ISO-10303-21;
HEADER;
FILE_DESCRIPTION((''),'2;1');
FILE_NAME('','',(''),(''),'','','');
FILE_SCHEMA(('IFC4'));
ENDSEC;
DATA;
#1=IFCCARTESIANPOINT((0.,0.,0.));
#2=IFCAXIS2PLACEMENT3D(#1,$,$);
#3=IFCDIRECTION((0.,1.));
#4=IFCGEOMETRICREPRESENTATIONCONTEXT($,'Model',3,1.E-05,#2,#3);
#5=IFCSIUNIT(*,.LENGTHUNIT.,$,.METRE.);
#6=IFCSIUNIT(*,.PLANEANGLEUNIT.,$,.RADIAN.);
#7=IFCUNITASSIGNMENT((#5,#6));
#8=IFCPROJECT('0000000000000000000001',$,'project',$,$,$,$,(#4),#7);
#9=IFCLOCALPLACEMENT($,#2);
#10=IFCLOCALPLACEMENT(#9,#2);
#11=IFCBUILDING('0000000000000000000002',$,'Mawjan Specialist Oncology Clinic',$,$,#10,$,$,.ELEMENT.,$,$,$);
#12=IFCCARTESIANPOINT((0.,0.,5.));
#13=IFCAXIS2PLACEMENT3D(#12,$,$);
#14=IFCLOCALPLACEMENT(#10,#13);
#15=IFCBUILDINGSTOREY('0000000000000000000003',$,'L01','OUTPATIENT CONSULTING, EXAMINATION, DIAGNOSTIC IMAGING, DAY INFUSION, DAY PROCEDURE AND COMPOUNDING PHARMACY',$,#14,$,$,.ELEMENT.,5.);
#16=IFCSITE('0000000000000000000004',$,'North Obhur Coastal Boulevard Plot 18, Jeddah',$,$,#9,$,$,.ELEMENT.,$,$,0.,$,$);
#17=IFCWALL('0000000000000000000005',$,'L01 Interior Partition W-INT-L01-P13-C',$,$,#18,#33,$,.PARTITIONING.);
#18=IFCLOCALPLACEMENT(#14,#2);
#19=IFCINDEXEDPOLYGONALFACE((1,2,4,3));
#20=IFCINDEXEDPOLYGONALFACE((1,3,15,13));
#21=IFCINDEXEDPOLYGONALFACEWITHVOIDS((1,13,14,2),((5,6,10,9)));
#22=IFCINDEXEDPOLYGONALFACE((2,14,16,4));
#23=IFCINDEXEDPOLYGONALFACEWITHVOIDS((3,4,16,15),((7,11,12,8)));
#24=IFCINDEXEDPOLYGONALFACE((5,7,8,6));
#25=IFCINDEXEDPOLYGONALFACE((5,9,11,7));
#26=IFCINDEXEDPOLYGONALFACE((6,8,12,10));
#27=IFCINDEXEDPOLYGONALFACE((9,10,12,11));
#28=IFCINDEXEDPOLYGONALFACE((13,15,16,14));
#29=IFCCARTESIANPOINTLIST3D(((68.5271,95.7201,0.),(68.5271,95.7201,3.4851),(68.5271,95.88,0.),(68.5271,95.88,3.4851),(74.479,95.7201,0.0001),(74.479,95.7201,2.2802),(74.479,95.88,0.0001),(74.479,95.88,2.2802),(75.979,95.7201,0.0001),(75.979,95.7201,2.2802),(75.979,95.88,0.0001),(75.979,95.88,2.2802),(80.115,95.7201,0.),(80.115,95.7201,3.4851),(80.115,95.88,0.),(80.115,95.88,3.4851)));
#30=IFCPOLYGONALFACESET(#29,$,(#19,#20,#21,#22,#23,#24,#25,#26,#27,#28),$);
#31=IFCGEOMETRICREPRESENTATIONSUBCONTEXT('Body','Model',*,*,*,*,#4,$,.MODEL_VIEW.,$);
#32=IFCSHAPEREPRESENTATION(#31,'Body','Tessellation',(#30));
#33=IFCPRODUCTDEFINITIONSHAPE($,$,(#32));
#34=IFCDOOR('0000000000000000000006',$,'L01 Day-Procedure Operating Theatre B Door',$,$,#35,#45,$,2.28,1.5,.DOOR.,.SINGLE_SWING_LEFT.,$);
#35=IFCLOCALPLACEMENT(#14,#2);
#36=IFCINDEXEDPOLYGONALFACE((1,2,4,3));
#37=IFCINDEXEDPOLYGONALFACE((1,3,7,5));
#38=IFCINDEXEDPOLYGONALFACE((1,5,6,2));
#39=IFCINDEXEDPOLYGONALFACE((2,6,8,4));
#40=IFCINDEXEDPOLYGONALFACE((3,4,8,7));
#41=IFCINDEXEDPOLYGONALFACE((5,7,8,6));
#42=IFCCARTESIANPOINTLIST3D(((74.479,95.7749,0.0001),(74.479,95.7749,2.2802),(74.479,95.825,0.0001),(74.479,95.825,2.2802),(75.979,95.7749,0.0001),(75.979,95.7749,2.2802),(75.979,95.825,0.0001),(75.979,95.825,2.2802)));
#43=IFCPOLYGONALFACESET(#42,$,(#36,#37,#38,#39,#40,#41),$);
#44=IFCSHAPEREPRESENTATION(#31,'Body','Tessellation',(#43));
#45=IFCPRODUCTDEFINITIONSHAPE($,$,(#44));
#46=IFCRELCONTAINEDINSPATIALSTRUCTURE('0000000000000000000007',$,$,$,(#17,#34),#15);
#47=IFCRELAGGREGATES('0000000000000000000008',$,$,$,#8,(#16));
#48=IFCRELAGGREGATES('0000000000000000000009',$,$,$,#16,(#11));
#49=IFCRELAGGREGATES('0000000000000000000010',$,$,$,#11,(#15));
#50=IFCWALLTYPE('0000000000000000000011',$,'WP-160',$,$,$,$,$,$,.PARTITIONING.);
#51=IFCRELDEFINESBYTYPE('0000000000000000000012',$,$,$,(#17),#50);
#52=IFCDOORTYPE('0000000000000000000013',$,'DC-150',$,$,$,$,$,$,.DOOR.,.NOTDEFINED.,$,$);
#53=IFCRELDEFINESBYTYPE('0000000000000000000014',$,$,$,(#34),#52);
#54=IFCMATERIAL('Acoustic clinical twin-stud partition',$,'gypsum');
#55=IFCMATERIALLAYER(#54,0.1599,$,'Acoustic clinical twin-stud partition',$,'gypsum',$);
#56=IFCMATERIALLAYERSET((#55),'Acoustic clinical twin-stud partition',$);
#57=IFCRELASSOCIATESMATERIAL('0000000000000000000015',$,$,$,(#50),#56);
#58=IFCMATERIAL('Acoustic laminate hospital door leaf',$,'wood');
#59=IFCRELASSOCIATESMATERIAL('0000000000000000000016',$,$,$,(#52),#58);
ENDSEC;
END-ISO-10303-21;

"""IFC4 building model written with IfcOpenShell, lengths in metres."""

from ifc_helpers import new_model, si_unit, direction, frame, frame_2d, origin, place, context, subcontext, project, spatial, rectangle, extrude, material, layer, layer_set, type_object, element, fill, save


model = new_model("IFC4")

# Units and contexts
model_context = context("Model", 3, precision=1e-05, world=origin(), true_north=direction((0.0, 1.0)))
body_context = subcontext(model_context, "Body", "Model", "MODEL_VIEW")
ifc_project = project(units=[si_unit("LENGTHUNIT", "METRE"), si_unit("PLANEANGLEUNIT", "RADIAN")], contexts=[model_context])

# Site, building, storey
site_placement = place(None, origin())
site = spatial("IfcSite", under=ifc_project, at=site_placement, Name="North Obhur Coastal Boulevard Plot 18, Jeddah", CompositionType="ELEMENT", RefElevation=0.0)
building_placement = place(site_placement, origin())
building = spatial("IfcBuilding", under=site, at=building_placement, Name="Mawjan Specialist Oncology Clinic", CompositionType="ELEMENT")
storey_placement = place(building_placement, frame((0.0, 0.0, 5.0)))
storey = spatial("IfcBuildingStorey", under=building, at=storey_placement, Name="L01", Description="OUTPATIENT CONSULTING, EXAMINATION, DIAGNOSTIC IMAGING, DAY INFUSION, DAY PROCEDURE AND COMPOUNDING PHARMACY", CompositionType="ELEMENT", Elevation=5.0)

# Wall, opening, door
ifc_material_1 = material(Name="Acoustic clinical twin-stud partition", Category="gypsum")
ifc_layer_1 = layer(ifc_material_1, 0.1599, Name="Acoustic clinical twin-stud partition", Category="gypsum")
ifc_layer_set_1 = layer_set([ifc_layer_1], Name="Acoustic clinical twin-stud partition")
wall_type_1 = type_object("IfcWallType", Name="WP-160", PredefinedType="PARTITIONING", material=ifc_layer_set_1)
wall_1_placement = place(storey_placement, frame((68.5271, 95.8, 0.0), z_axis=(0.0, 0.0, 1.0), x_axis=(1.0, 0.0, 0.0)))
wall_1 = element("IfcWall", 1, at=wall_1_placement, inside=storey, type_object=wall_type_1, Name="L01 Interior Partition W-INT-L01-P13-C", PredefinedType="PARTITIONING", context=body_context, shape_type="SweptSolid", body=[
    extrude(rectangle(XDim=11.5879, YDim=0.1599, at=frame_2d((5.7939, 0.0))), origin(), (0.0, 0.0, 1.0), 3.4851),
])
opening_1_placement = place(wall_1_placement, frame((5.9519, 0.0, 0.0)))
opening_1 = element("IfcOpeningElement", 2, at=opening_1_placement, cuts=wall_1, PredefinedType="OPENING", context=body_context, shape_type="SweptSolid", body=[
    extrude(rectangle(XDim=1.5, YDim=2.28, at=frame_2d((0.75, 1.1401))), frame((0.0, 0.092, 0.0), z_axis=(0.0, -1.0, 0.0), x_axis=(1.0, 0.0, 0.0)), (0.0, 0.0, 1.0), 0.1838),
])
ifc_material_2 = material(Name="Acoustic laminate hospital door leaf", Category="wood")
door_type_1 = type_object("IfcDoorType", Name="DC-150", OperationType="NOTDEFINED", PredefinedType="DOOR", material=ifc_material_2)
door_1_placement = place(opening_1_placement, origin())
door_1 = element("IfcDoor", 3, at=door_1_placement, inside=storey, type_object=door_type_1, Name="L01 Day-Procedure Operating Theatre B Door", OperationType="SINGLE_SWING_LEFT", OverallHeight=2.28, OverallWidth=1.5, PredefinedType="DOOR", context=body_context, shape_type="SweptSolid", body=[
    extrude(rectangle(XDim=1.5, YDim=2.28, at=frame_2d((0.75, 1.1401))), frame((0.0, 0.0249, 0.0), z_axis=(0.0, -1.0, 0.0), x_axis=(1.0, 0.0, 0.0)), (0.0, 0.0, 1.0), 0.05),
])
fill(opening_1, door_1)

save(model, "model.ifc")
